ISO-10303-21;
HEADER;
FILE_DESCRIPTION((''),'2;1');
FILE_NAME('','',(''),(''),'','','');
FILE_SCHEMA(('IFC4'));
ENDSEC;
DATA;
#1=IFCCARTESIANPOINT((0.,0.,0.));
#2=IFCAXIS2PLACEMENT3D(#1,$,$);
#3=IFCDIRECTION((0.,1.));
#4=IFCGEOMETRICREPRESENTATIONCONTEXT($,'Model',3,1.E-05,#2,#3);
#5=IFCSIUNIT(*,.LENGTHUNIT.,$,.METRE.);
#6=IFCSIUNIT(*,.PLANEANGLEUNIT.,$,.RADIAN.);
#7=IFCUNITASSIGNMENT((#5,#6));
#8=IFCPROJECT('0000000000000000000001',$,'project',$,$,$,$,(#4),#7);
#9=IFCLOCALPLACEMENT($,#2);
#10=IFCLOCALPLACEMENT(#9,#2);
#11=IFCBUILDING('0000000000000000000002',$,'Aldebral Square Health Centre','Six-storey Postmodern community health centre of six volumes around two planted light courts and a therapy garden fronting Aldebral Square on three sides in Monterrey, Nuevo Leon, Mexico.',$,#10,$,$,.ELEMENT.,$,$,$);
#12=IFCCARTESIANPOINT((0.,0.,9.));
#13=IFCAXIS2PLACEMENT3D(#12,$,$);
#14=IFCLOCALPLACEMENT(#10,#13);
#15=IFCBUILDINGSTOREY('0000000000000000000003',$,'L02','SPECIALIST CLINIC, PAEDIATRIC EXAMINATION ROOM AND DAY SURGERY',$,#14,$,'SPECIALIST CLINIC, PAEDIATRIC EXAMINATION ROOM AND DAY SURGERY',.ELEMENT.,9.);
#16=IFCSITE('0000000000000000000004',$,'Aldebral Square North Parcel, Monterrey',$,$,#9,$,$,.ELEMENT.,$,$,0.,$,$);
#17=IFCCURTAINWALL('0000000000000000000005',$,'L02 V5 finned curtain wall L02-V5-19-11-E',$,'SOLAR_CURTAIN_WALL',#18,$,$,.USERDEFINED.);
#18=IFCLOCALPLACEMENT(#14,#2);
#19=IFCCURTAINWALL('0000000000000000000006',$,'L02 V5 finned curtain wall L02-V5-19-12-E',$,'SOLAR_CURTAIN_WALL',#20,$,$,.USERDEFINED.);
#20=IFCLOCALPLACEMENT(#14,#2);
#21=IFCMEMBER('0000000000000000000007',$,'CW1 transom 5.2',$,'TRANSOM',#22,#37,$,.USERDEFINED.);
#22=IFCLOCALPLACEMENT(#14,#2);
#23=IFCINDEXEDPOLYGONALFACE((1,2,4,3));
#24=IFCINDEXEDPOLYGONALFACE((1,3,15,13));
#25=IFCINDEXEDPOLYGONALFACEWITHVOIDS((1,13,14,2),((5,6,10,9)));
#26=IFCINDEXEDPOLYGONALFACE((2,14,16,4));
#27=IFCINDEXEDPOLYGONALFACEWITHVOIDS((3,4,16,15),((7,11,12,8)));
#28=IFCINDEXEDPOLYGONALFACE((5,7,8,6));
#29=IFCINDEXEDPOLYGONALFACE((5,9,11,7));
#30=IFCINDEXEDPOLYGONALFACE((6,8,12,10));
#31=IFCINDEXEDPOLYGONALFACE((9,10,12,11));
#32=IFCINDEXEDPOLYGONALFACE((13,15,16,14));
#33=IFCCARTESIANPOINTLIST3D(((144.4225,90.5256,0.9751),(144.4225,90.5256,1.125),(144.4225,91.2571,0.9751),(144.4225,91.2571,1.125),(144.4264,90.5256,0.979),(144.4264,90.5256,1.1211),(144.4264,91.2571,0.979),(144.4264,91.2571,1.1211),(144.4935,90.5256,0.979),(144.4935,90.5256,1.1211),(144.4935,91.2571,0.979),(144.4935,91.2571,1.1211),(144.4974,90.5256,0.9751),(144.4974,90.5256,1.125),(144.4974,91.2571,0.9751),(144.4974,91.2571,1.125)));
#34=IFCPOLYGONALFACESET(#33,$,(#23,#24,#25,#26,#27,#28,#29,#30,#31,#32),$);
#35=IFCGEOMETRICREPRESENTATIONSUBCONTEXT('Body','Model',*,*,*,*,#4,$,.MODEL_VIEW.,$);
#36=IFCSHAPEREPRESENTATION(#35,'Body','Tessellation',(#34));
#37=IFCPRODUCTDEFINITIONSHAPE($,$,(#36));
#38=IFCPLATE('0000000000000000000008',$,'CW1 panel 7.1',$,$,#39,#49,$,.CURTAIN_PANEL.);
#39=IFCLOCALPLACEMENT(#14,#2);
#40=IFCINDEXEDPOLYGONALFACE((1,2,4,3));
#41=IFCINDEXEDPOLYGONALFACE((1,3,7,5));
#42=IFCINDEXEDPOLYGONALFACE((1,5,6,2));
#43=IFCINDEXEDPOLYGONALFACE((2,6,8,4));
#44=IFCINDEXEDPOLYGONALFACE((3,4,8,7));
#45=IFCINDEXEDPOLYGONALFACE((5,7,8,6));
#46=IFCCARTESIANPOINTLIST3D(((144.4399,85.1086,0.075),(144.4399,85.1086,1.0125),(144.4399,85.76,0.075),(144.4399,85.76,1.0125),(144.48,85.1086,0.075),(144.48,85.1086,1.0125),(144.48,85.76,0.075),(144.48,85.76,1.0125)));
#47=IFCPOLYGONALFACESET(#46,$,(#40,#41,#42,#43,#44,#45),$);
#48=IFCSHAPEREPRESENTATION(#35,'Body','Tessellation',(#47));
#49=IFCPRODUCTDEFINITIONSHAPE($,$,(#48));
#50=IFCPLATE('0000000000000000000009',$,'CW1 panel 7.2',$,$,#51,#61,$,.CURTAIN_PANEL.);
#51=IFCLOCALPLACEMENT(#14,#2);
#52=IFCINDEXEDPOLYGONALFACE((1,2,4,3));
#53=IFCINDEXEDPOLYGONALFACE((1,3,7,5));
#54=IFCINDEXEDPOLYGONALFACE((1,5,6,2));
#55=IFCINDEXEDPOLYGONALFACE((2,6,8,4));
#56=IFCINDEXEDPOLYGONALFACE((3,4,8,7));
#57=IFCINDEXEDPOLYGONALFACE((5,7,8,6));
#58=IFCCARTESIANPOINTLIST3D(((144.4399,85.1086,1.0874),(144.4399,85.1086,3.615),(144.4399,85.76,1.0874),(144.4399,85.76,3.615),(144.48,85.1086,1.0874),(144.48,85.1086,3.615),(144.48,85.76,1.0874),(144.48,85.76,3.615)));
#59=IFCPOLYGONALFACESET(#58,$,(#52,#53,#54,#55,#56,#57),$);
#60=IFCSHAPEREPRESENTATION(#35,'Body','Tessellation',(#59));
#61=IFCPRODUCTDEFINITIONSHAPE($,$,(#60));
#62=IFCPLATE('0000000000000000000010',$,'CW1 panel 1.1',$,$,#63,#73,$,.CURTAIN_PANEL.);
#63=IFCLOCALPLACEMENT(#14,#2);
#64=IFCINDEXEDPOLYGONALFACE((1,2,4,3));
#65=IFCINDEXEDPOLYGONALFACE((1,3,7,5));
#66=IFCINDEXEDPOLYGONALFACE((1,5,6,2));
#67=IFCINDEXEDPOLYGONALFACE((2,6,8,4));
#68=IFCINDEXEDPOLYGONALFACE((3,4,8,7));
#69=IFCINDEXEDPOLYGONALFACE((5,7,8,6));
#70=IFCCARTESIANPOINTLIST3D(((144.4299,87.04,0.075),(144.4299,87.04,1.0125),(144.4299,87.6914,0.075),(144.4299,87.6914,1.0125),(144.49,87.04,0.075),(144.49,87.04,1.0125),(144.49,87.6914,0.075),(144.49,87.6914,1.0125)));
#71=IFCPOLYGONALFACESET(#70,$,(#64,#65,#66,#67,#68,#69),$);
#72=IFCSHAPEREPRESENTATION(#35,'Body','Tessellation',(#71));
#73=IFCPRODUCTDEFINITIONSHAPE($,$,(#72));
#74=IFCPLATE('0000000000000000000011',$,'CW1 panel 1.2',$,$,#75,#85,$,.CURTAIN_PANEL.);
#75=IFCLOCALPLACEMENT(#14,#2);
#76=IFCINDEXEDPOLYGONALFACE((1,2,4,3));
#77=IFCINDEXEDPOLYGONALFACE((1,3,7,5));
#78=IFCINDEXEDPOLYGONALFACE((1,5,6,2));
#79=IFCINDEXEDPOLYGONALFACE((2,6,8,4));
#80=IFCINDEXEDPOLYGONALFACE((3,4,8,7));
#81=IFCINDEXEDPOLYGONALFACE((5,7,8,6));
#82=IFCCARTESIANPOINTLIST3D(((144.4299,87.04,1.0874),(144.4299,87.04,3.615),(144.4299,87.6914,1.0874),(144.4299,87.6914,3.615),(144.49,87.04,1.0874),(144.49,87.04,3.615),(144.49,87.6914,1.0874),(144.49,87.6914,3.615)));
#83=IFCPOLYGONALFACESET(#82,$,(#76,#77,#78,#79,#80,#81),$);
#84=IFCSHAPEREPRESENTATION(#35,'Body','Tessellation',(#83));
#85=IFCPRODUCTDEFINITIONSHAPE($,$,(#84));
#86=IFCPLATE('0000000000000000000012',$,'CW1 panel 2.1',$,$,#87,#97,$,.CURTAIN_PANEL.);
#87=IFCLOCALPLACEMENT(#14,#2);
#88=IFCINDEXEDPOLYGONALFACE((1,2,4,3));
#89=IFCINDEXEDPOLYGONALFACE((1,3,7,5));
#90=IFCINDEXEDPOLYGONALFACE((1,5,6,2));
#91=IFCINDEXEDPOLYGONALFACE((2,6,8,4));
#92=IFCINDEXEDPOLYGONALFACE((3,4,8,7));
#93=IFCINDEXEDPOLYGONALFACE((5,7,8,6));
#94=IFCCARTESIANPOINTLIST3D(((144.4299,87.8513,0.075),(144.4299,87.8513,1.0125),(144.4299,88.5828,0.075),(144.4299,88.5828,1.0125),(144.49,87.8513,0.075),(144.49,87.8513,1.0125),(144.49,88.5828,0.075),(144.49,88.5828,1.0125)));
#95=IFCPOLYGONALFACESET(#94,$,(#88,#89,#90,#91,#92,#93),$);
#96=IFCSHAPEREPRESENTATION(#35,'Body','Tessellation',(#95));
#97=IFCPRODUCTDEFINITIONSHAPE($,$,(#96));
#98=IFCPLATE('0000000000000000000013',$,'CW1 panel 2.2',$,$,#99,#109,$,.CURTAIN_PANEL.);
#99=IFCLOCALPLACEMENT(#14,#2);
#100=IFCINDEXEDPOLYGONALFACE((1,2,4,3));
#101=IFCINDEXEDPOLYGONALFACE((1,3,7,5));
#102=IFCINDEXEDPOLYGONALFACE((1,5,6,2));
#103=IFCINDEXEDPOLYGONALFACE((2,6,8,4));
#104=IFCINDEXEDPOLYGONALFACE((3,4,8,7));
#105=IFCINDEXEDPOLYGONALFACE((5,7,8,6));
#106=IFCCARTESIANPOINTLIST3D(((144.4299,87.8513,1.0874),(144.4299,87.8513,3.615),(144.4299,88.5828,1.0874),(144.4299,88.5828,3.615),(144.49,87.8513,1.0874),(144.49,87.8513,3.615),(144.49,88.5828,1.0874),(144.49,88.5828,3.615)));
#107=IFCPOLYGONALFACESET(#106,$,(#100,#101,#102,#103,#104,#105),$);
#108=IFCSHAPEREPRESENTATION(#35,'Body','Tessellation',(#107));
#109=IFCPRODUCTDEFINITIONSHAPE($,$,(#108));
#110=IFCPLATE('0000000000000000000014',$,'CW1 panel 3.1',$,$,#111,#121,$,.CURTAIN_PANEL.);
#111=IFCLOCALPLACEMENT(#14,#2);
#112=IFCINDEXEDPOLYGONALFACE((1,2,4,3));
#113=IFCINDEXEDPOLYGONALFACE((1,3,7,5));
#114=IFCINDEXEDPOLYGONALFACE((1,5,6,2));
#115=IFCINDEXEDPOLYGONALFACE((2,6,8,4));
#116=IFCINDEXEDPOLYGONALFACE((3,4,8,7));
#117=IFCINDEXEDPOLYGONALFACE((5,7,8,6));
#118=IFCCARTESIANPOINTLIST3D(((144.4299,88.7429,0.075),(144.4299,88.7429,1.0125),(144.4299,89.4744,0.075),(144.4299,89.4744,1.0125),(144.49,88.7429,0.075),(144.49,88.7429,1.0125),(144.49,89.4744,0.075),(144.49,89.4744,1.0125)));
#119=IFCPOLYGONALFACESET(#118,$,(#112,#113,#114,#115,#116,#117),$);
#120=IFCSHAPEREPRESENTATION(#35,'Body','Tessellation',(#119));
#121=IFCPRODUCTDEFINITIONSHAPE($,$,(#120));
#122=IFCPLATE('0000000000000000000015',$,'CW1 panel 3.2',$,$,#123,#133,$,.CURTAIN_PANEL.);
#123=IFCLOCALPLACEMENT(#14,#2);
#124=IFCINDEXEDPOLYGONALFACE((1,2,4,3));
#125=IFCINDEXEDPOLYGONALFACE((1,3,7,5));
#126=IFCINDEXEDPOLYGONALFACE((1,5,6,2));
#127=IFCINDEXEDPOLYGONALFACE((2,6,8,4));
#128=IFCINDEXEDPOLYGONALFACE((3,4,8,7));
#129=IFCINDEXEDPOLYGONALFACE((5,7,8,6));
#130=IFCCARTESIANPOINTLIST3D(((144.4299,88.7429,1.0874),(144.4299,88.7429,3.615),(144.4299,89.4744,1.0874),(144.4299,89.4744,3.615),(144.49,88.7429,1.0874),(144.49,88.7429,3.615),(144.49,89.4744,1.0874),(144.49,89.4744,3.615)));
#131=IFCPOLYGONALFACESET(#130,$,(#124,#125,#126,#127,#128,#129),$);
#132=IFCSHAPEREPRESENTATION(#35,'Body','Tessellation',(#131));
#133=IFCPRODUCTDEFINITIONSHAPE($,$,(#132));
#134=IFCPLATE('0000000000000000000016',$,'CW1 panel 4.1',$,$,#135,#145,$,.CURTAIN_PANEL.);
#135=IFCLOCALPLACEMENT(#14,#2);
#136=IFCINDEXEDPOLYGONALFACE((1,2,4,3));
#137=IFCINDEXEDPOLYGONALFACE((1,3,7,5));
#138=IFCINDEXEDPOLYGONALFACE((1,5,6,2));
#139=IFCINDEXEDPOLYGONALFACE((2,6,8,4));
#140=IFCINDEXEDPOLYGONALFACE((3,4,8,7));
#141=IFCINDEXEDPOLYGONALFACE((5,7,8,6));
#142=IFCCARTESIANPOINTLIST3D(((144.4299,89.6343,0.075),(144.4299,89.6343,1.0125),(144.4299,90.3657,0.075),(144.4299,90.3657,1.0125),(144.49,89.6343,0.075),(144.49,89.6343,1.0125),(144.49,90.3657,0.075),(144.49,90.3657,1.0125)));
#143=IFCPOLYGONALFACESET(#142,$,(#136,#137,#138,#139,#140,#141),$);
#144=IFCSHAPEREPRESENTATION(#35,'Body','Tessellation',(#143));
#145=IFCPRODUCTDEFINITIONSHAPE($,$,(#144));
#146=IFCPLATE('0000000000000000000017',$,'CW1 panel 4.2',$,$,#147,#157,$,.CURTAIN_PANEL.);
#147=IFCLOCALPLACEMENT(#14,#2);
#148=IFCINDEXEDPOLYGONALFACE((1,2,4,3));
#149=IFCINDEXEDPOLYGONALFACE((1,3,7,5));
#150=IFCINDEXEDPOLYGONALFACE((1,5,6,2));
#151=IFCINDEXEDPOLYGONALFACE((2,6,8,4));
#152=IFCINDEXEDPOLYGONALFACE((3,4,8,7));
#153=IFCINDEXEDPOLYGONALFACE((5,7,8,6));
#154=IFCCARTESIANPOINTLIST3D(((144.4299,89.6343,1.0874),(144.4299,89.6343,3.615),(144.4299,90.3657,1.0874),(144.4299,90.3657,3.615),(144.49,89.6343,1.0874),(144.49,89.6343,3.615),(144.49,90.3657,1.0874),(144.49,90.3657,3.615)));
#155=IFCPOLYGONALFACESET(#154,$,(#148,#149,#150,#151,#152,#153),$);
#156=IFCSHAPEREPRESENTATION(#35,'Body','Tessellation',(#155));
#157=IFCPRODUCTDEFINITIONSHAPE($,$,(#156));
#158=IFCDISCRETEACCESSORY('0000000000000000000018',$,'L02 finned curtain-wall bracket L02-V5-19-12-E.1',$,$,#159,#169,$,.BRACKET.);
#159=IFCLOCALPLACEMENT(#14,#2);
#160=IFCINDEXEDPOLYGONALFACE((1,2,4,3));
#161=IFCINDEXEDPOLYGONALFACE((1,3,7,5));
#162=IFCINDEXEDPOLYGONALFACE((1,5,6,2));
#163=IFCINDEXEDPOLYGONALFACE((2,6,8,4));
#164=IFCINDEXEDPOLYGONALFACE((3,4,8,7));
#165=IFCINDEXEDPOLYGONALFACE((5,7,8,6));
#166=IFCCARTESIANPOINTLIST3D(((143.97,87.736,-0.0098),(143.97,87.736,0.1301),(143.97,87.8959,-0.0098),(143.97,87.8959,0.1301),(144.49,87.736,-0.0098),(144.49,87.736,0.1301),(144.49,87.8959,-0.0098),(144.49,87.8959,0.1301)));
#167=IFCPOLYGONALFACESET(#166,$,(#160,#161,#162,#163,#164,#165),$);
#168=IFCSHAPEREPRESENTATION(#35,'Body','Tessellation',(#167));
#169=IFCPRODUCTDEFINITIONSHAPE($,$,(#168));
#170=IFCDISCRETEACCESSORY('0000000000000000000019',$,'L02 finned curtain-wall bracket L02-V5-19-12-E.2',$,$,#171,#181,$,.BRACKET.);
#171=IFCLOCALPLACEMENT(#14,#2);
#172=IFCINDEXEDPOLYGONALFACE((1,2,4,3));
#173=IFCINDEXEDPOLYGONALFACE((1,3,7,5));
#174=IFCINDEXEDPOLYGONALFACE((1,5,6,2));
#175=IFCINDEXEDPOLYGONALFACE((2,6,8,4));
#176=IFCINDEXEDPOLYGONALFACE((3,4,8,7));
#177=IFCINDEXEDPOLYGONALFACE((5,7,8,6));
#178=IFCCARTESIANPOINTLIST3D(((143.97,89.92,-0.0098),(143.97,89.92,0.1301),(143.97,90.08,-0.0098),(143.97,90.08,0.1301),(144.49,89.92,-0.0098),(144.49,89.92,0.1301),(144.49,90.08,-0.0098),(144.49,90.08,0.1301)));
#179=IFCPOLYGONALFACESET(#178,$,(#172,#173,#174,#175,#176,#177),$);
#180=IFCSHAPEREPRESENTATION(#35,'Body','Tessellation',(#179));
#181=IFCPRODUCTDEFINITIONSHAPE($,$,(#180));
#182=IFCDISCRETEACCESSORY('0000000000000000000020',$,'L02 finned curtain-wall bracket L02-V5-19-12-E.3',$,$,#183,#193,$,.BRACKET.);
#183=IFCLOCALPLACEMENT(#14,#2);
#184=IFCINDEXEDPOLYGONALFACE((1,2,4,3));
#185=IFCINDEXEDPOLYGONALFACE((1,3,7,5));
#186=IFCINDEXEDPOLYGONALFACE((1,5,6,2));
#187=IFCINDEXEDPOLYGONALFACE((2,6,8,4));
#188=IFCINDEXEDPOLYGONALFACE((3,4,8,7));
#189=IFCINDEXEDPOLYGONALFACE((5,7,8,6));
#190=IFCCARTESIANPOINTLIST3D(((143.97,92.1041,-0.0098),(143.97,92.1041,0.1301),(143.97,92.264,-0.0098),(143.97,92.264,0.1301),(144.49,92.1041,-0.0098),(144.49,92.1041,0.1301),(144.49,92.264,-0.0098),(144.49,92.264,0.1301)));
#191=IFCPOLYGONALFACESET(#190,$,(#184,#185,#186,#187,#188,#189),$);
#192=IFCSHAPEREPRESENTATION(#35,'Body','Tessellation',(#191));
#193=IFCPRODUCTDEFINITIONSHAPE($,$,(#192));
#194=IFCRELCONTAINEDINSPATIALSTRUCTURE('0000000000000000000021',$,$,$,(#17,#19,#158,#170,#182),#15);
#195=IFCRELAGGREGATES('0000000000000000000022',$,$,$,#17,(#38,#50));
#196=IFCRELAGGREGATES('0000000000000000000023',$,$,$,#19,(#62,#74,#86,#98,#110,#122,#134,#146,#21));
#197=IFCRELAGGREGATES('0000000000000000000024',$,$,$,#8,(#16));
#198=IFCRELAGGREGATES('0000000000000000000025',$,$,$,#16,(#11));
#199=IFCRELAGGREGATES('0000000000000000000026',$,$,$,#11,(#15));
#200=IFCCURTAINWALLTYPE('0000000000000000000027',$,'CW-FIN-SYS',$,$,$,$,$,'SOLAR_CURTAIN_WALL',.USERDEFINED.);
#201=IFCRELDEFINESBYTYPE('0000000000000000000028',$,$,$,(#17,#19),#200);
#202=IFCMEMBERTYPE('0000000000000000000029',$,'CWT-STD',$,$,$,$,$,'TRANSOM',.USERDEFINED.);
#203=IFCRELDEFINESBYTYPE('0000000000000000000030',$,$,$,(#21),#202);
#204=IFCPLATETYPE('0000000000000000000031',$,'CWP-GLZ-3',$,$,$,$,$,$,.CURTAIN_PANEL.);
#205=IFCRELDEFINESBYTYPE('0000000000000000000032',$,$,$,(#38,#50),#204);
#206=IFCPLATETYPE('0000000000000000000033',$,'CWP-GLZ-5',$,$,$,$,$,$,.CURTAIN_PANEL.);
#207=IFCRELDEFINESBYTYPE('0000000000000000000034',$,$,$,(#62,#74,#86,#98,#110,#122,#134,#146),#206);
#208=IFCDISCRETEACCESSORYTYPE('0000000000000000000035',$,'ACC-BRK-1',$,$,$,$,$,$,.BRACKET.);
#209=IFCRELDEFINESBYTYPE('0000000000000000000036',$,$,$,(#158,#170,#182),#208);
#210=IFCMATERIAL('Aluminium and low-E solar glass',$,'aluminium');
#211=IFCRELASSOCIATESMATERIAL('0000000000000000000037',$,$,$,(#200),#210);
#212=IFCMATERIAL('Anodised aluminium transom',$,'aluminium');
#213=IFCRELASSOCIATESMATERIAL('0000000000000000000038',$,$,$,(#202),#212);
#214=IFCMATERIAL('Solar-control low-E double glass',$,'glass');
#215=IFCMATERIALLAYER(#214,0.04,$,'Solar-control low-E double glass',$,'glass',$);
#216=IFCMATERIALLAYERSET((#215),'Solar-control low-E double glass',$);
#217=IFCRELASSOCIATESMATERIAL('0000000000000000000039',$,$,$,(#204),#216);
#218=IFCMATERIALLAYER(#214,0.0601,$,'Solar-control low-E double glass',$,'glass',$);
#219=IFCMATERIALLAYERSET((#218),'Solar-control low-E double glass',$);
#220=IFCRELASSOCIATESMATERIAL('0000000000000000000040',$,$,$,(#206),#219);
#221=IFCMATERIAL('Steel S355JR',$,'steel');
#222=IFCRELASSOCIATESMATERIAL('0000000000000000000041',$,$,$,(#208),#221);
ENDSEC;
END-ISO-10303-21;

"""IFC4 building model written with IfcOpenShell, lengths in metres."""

from ifc_helpers import new_model, si_unit, direction, frame, origin, origin_2d, place, context, subcontext, project, spatial, rectangle, hollow_rectangle, extrude, material, layer, layer_set, material_profile, profile_set, type_object, element, aggregate, save


model = new_model("IFC4")

# Units and contexts
model_context = context("Model", 3, precision=1e-05, world=origin(), true_north=direction((0.0, 1.0)))
body_context = subcontext(model_context, "Body", "Model", "MODEL_VIEW")
ifc_project = project(units=[si_unit("LENGTHUNIT", "METRE"), si_unit("PLANEANGLEUNIT", "RADIAN")], contexts=[model_context])

# Site, building, storey
site_placement = place(None, origin())
site = spatial("IfcSite", under=ifc_project, at=site_placement, Name="Aldebral Square North Parcel, Monterrey", CompositionType="ELEMENT", RefElevation=0.0)
building_placement = place(site_placement, origin())
building = spatial("IfcBuilding", under=site, at=building_placement, Name="Aldebral Square Health Centre", Description="Six-storey Postmodern community health centre of six volumes around two planted light courts and a therapy garden fronting Aldebral Square on three sides in Monterrey, Nuevo Leon, Mexico.", CompositionType="ELEMENT")
storey_placement = place(building_placement, frame((0.0, 0.0, 9.0)))
storey = spatial("IfcBuildingStorey", under=building, at=storey_placement, Name="L02", Description="SPECIALIST CLINIC, PAEDIATRIC EXAMINATION ROOM AND DAY SURGERY", LongName="SPECIALIST CLINIC, PAEDIATRIC EXAMINATION ROOM AND DAY SURGERY", CompositionType="ELEMENT", Elevation=9.0)

# Curtain wall
ifc_material_1 = material(Name="Aluminium and low-E solar glass", Category="aluminium")
curtain_wall_type = type_object("IfcCurtainWallType", Name="CW-FIN-SYS", ElementType="SOLAR_CURTAIN_WALL", PredefinedType="USERDEFINED", material=ifc_material_1)
curtain_wall_1_placement = place(storey_placement, origin())
curtain_wall_1 = element("IfcCurtainWall", 1, at=curtain_wall_1_placement, inside=storey, type_object=curtain_wall_type, Name="L02 V5 finned curtain wall L02-V5-19-11-E", ObjectType="SOLAR_CURTAIN_WALL", PredefinedType="USERDEFINED")

# Curtain wall
curtain_wall_2_placement = place(storey_placement, origin())
curtain_wall_2 = element("IfcCurtainWall", 2, at=curtain_wall_2_placement, inside=storey, type_object=curtain_wall_type, Name="L02 V5 finned curtain wall L02-V5-19-12-E", ObjectType="SOLAR_CURTAIN_WALL", PredefinedType="USERDEFINED")

# Member
ifc_material_2 = material(Name="Anodised aluminium transom", Category="aluminium")
ifc_material_profile_1 = material_profile(ifc_material_2, hollow_rectangle(XDim=0.075, YDim=0.1499, WallThickness=0.0039, at=origin_2d()), Name="CWT 75x150x4")
ifc_profile_set_1 = profile_set([ifc_material_profile_1], Name="Anodised aluminium transom")
member_type_1 = type_object("IfcMemberType", Name="CWT-STD", ElementType="TRANSOM", PredefinedType="USERDEFINED", material=ifc_profile_set_1)
member_1_placement = place(storey_placement, frame((144.46, 90.5256, 1.05), z_axis=(0.0, 1.0, 0.0), x_axis=(-1.0, 0.0, 0.0)))
member_1 = element("IfcMember", 3, at=member_1_placement, type_object=member_type_1, Name="CW1 transom 5.2", ObjectType="TRANSOM", PredefinedType="USERDEFINED", context=body_context, shape_type="SweptSolid", body=[
    extrude(hollow_rectangle(XDim=0.075, YDim=0.1499, WallThickness=0.0039, at=origin_2d()), origin(), (0.0, 0.0, 1.0), 0.7314),
])

# Plates
ifc_material_3 = material(Name="Solar-control low-E double glass", Category="glass")
ifc_layer_1 = layer(ifc_material_3, 0.04, Name="Solar-control low-E double glass", Category="glass")
ifc_layer_set_1 = layer_set([ifc_layer_1], Name="Solar-control low-E double glass")
plate_type_1 = type_object("IfcPlateType", Name="CWP-GLZ-3", PredefinedType="CURTAIN_PANEL", material=ifc_layer_set_1)
plate_1_placement = place(storey_placement, frame((144.46, 85.4343, 0.075), z_axis=(0.0, 0.0, 1.0), x_axis=(0.0, 1.0, 0.0)))
plate_1 = element("IfcPlate", 4, at=plate_1_placement, type_object=plate_type_1, Name="CW1 panel 7.1", PredefinedType="CURTAIN_PANEL", context=body_context, shape_type="SweptSolid", body=[
    extrude(rectangle(XDim=0.6514, YDim=0.04, at=origin_2d()), origin(), (0.0, 0.0, 1.0), 0.9375),
])
plate_2_placement = place(storey_placement, frame((144.46, 85.4343, 1.0874), z_axis=(0.0, 0.0, 1.0), x_axis=(0.0, 1.0, 0.0)))
plate_2 = element("IfcPlate", 5, at=plate_2_placement, type_object=plate_type_1, Name="CW1 panel 7.2", PredefinedType="CURTAIN_PANEL", context=body_context, shape_type="SweptSolid", body=[
    extrude(rectangle(XDim=0.6514, YDim=0.04, at=origin_2d()), origin(), (0.0, 0.0, 1.0), 2.5276),
])
aggregate(curtain_wall_1, [plate_1, plate_2])
ifc_layer_2 = layer(ifc_material_3, 0.0601, Name="Solar-control low-E double glass", Category="glass")
ifc_layer_set_2 = layer_set([ifc_layer_2], Name="Solar-control low-E double glass")
plate_type_2 = type_object("IfcPlateType", Name="CWP-GLZ-5", PredefinedType="CURTAIN_PANEL", material=ifc_layer_set_2)
plate_3_placement = place(storey_placement, frame((144.46, 87.3657, 0.075), z_axis=(0.0, 0.0, 1.0), x_axis=(0.0, 1.0, 0.0)))
plate_3 = element("IfcPlate", 6, at=plate_3_placement, type_object=plate_type_2, Name="CW1 panel 1.1", PredefinedType="CURTAIN_PANEL", context=body_context, shape_type="SweptSolid", body=[
    extrude(rectangle(XDim=0.6514, YDim=0.0601, at=origin_2d()), origin(), (0.0, 0.0, 1.0), 0.9375),
])
plate_4_placement = place(storey_placement, frame((144.46, 87.3657, 1.0874), z_axis=(0.0, 0.0, 1.0), x_axis=(0.0, 1.0, 0.0)))
plate_4 = element("IfcPlate", 7, at=plate_4_placement, type_object=plate_type_2, Name="CW1 panel 1.2", PredefinedType="CURTAIN_PANEL", context=body_context, shape_type="SweptSolid", body=[
    extrude(rectangle(XDim=0.6514, YDim=0.0601, at=origin_2d()), origin(), (0.0, 0.0, 1.0), 2.5276),
])
plate_5_placement = place(storey_placement, frame((144.46, 88.217, 0.075), z_axis=(0.0, 0.0, 1.0), x_axis=(0.0, 1.0, 0.0)))
plate_5 = element("IfcPlate", 8, at=plate_5_placement, type_object=plate_type_2, Name="CW1 panel 2.1", PredefinedType="CURTAIN_PANEL", context=body_context, shape_type="SweptSolid", body=[
    extrude(rectangle(XDim=0.7314, YDim=0.0601, at=origin_2d()), origin(), (0.0, 0.0, 1.0), 0.9375),
])
plate_6_placement = place(storey_placement, frame((144.46, 88.217, 1.0874), z_axis=(0.0, 0.0, 1.0), x_axis=(0.0, 1.0, 0.0)))
plate_6 = element("IfcPlate", 9, at=plate_6_placement, type_object=plate_type_2, Name="CW1 panel 2.2", PredefinedType="CURTAIN_PANEL", context=body_context, shape_type="SweptSolid", body=[
    extrude(rectangle(XDim=0.7314, YDim=0.0601, at=origin_2d()), origin(), (0.0, 0.0, 1.0), 2.5276),
])
plate_7_placement = place(storey_placement, frame((144.46, 89.1086, 0.075), z_axis=(0.0, 0.0, 1.0), x_axis=(0.0, 1.0, 0.0)))
plate_7 = element("IfcPlate", 10, at=plate_7_placement, type_object=plate_type_2, Name="CW1 panel 3.1", PredefinedType="CURTAIN_PANEL", context=body_context, shape_type="SweptSolid", body=[
    extrude(rectangle(XDim=0.7314, YDim=0.0601, at=origin_2d()), origin(), (0.0, 0.0, 1.0), 0.9375),
])
plate_8_placement = place(storey_placement, frame((144.46, 89.1086, 1.0874), z_axis=(0.0, 0.0, 1.0), x_axis=(0.0, 1.0, 0.0)))
plate_8 = element("IfcPlate", 11, at=plate_8_placement, type_object=plate_type_2, Name="CW1 panel 3.2", PredefinedType="CURTAIN_PANEL", context=body_context, shape_type="SweptSolid", body=[
    extrude(rectangle(XDim=0.7314, YDim=0.0601, at=origin_2d()), origin(), (0.0, 0.0, 1.0), 2.5276),
])
plate_9_placement = place(storey_placement, frame((144.46, 90.0, 0.075), z_axis=(0.0, 0.0, 1.0), x_axis=(0.0, 1.0, 0.0)))
plate_9 = element("IfcPlate", 12, at=plate_9_placement, type_object=plate_type_2, Name="CW1 panel 4.1", PredefinedType="CURTAIN_PANEL", context=body_context, shape_type="SweptSolid", body=[
    extrude(rectangle(XDim=0.7314, YDim=0.0601, at=origin_2d()), origin(), (0.0, 0.0, 1.0), 0.9375),
])
plate_10_placement = place(storey_placement, frame((144.46, 90.0, 1.0874), z_axis=(0.0, 0.0, 1.0), x_axis=(0.0, 1.0, 0.0)))
plate_10 = element("IfcPlate", 13, at=plate_10_placement, type_object=plate_type_2, Name="CW1 panel 4.2", PredefinedType="CURTAIN_PANEL", context=body_context, shape_type="SweptSolid", body=[
    extrude(rectangle(XDim=0.7314, YDim=0.0601, at=origin_2d()), origin(), (0.0, 0.0, 1.0), 2.5276),
])
aggregate(curtain_wall_2, [plate_3, plate_4, plate_5, plate_6, plate_7, plate_8, plate_9, plate_10, member_1])

# Discrete accessories
ifc_material_4 = material(Name="Steel S355JR", Category="steel")
discrete_accessory_type = type_object("IfcDiscreteAccessoryType", Name="ACC-BRK-1", PredefinedType="BRACKET", material=ifc_material_4)
for number, where, z_axis, x_axis, name in (
    (14, (144.23, 87.8159, -0.0098), (0.0, 0.0, 1.0), (0.0, 1.0, 0.0), "L02 finned curtain-wall bracket L02-V5-19-12-E.1"),
    (15, (144.23, 90.0, -0.0098), (0.0, 0.0, 1.0), (0.0, 1.0, 0.0), "L02 finned curtain-wall bracket L02-V5-19-12-E.2"),
    (16, (144.23, 92.1841, -0.0098), (0.0, 0.0, 1.0), (0.0, 1.0, 0.0), "L02 finned curtain-wall bracket L02-V5-19-12-E.3"),
):
    element("IfcDiscreteAccessory", number, at=place(storey_placement, frame(where, z_axis=z_axis, x_axis=x_axis)), inside=storey, type_object=discrete_accessory_type, Name=name, PredefinedType="BRACKET", context=body_context, shape_type="SweptSolid", body=[
        extrude(rectangle(XDim=0.1599, YDim=0.52, at=origin_2d()), origin(), (0.0, 0.0, 1.0), 0.1399),
    ])

save(model, "model.ifc")
